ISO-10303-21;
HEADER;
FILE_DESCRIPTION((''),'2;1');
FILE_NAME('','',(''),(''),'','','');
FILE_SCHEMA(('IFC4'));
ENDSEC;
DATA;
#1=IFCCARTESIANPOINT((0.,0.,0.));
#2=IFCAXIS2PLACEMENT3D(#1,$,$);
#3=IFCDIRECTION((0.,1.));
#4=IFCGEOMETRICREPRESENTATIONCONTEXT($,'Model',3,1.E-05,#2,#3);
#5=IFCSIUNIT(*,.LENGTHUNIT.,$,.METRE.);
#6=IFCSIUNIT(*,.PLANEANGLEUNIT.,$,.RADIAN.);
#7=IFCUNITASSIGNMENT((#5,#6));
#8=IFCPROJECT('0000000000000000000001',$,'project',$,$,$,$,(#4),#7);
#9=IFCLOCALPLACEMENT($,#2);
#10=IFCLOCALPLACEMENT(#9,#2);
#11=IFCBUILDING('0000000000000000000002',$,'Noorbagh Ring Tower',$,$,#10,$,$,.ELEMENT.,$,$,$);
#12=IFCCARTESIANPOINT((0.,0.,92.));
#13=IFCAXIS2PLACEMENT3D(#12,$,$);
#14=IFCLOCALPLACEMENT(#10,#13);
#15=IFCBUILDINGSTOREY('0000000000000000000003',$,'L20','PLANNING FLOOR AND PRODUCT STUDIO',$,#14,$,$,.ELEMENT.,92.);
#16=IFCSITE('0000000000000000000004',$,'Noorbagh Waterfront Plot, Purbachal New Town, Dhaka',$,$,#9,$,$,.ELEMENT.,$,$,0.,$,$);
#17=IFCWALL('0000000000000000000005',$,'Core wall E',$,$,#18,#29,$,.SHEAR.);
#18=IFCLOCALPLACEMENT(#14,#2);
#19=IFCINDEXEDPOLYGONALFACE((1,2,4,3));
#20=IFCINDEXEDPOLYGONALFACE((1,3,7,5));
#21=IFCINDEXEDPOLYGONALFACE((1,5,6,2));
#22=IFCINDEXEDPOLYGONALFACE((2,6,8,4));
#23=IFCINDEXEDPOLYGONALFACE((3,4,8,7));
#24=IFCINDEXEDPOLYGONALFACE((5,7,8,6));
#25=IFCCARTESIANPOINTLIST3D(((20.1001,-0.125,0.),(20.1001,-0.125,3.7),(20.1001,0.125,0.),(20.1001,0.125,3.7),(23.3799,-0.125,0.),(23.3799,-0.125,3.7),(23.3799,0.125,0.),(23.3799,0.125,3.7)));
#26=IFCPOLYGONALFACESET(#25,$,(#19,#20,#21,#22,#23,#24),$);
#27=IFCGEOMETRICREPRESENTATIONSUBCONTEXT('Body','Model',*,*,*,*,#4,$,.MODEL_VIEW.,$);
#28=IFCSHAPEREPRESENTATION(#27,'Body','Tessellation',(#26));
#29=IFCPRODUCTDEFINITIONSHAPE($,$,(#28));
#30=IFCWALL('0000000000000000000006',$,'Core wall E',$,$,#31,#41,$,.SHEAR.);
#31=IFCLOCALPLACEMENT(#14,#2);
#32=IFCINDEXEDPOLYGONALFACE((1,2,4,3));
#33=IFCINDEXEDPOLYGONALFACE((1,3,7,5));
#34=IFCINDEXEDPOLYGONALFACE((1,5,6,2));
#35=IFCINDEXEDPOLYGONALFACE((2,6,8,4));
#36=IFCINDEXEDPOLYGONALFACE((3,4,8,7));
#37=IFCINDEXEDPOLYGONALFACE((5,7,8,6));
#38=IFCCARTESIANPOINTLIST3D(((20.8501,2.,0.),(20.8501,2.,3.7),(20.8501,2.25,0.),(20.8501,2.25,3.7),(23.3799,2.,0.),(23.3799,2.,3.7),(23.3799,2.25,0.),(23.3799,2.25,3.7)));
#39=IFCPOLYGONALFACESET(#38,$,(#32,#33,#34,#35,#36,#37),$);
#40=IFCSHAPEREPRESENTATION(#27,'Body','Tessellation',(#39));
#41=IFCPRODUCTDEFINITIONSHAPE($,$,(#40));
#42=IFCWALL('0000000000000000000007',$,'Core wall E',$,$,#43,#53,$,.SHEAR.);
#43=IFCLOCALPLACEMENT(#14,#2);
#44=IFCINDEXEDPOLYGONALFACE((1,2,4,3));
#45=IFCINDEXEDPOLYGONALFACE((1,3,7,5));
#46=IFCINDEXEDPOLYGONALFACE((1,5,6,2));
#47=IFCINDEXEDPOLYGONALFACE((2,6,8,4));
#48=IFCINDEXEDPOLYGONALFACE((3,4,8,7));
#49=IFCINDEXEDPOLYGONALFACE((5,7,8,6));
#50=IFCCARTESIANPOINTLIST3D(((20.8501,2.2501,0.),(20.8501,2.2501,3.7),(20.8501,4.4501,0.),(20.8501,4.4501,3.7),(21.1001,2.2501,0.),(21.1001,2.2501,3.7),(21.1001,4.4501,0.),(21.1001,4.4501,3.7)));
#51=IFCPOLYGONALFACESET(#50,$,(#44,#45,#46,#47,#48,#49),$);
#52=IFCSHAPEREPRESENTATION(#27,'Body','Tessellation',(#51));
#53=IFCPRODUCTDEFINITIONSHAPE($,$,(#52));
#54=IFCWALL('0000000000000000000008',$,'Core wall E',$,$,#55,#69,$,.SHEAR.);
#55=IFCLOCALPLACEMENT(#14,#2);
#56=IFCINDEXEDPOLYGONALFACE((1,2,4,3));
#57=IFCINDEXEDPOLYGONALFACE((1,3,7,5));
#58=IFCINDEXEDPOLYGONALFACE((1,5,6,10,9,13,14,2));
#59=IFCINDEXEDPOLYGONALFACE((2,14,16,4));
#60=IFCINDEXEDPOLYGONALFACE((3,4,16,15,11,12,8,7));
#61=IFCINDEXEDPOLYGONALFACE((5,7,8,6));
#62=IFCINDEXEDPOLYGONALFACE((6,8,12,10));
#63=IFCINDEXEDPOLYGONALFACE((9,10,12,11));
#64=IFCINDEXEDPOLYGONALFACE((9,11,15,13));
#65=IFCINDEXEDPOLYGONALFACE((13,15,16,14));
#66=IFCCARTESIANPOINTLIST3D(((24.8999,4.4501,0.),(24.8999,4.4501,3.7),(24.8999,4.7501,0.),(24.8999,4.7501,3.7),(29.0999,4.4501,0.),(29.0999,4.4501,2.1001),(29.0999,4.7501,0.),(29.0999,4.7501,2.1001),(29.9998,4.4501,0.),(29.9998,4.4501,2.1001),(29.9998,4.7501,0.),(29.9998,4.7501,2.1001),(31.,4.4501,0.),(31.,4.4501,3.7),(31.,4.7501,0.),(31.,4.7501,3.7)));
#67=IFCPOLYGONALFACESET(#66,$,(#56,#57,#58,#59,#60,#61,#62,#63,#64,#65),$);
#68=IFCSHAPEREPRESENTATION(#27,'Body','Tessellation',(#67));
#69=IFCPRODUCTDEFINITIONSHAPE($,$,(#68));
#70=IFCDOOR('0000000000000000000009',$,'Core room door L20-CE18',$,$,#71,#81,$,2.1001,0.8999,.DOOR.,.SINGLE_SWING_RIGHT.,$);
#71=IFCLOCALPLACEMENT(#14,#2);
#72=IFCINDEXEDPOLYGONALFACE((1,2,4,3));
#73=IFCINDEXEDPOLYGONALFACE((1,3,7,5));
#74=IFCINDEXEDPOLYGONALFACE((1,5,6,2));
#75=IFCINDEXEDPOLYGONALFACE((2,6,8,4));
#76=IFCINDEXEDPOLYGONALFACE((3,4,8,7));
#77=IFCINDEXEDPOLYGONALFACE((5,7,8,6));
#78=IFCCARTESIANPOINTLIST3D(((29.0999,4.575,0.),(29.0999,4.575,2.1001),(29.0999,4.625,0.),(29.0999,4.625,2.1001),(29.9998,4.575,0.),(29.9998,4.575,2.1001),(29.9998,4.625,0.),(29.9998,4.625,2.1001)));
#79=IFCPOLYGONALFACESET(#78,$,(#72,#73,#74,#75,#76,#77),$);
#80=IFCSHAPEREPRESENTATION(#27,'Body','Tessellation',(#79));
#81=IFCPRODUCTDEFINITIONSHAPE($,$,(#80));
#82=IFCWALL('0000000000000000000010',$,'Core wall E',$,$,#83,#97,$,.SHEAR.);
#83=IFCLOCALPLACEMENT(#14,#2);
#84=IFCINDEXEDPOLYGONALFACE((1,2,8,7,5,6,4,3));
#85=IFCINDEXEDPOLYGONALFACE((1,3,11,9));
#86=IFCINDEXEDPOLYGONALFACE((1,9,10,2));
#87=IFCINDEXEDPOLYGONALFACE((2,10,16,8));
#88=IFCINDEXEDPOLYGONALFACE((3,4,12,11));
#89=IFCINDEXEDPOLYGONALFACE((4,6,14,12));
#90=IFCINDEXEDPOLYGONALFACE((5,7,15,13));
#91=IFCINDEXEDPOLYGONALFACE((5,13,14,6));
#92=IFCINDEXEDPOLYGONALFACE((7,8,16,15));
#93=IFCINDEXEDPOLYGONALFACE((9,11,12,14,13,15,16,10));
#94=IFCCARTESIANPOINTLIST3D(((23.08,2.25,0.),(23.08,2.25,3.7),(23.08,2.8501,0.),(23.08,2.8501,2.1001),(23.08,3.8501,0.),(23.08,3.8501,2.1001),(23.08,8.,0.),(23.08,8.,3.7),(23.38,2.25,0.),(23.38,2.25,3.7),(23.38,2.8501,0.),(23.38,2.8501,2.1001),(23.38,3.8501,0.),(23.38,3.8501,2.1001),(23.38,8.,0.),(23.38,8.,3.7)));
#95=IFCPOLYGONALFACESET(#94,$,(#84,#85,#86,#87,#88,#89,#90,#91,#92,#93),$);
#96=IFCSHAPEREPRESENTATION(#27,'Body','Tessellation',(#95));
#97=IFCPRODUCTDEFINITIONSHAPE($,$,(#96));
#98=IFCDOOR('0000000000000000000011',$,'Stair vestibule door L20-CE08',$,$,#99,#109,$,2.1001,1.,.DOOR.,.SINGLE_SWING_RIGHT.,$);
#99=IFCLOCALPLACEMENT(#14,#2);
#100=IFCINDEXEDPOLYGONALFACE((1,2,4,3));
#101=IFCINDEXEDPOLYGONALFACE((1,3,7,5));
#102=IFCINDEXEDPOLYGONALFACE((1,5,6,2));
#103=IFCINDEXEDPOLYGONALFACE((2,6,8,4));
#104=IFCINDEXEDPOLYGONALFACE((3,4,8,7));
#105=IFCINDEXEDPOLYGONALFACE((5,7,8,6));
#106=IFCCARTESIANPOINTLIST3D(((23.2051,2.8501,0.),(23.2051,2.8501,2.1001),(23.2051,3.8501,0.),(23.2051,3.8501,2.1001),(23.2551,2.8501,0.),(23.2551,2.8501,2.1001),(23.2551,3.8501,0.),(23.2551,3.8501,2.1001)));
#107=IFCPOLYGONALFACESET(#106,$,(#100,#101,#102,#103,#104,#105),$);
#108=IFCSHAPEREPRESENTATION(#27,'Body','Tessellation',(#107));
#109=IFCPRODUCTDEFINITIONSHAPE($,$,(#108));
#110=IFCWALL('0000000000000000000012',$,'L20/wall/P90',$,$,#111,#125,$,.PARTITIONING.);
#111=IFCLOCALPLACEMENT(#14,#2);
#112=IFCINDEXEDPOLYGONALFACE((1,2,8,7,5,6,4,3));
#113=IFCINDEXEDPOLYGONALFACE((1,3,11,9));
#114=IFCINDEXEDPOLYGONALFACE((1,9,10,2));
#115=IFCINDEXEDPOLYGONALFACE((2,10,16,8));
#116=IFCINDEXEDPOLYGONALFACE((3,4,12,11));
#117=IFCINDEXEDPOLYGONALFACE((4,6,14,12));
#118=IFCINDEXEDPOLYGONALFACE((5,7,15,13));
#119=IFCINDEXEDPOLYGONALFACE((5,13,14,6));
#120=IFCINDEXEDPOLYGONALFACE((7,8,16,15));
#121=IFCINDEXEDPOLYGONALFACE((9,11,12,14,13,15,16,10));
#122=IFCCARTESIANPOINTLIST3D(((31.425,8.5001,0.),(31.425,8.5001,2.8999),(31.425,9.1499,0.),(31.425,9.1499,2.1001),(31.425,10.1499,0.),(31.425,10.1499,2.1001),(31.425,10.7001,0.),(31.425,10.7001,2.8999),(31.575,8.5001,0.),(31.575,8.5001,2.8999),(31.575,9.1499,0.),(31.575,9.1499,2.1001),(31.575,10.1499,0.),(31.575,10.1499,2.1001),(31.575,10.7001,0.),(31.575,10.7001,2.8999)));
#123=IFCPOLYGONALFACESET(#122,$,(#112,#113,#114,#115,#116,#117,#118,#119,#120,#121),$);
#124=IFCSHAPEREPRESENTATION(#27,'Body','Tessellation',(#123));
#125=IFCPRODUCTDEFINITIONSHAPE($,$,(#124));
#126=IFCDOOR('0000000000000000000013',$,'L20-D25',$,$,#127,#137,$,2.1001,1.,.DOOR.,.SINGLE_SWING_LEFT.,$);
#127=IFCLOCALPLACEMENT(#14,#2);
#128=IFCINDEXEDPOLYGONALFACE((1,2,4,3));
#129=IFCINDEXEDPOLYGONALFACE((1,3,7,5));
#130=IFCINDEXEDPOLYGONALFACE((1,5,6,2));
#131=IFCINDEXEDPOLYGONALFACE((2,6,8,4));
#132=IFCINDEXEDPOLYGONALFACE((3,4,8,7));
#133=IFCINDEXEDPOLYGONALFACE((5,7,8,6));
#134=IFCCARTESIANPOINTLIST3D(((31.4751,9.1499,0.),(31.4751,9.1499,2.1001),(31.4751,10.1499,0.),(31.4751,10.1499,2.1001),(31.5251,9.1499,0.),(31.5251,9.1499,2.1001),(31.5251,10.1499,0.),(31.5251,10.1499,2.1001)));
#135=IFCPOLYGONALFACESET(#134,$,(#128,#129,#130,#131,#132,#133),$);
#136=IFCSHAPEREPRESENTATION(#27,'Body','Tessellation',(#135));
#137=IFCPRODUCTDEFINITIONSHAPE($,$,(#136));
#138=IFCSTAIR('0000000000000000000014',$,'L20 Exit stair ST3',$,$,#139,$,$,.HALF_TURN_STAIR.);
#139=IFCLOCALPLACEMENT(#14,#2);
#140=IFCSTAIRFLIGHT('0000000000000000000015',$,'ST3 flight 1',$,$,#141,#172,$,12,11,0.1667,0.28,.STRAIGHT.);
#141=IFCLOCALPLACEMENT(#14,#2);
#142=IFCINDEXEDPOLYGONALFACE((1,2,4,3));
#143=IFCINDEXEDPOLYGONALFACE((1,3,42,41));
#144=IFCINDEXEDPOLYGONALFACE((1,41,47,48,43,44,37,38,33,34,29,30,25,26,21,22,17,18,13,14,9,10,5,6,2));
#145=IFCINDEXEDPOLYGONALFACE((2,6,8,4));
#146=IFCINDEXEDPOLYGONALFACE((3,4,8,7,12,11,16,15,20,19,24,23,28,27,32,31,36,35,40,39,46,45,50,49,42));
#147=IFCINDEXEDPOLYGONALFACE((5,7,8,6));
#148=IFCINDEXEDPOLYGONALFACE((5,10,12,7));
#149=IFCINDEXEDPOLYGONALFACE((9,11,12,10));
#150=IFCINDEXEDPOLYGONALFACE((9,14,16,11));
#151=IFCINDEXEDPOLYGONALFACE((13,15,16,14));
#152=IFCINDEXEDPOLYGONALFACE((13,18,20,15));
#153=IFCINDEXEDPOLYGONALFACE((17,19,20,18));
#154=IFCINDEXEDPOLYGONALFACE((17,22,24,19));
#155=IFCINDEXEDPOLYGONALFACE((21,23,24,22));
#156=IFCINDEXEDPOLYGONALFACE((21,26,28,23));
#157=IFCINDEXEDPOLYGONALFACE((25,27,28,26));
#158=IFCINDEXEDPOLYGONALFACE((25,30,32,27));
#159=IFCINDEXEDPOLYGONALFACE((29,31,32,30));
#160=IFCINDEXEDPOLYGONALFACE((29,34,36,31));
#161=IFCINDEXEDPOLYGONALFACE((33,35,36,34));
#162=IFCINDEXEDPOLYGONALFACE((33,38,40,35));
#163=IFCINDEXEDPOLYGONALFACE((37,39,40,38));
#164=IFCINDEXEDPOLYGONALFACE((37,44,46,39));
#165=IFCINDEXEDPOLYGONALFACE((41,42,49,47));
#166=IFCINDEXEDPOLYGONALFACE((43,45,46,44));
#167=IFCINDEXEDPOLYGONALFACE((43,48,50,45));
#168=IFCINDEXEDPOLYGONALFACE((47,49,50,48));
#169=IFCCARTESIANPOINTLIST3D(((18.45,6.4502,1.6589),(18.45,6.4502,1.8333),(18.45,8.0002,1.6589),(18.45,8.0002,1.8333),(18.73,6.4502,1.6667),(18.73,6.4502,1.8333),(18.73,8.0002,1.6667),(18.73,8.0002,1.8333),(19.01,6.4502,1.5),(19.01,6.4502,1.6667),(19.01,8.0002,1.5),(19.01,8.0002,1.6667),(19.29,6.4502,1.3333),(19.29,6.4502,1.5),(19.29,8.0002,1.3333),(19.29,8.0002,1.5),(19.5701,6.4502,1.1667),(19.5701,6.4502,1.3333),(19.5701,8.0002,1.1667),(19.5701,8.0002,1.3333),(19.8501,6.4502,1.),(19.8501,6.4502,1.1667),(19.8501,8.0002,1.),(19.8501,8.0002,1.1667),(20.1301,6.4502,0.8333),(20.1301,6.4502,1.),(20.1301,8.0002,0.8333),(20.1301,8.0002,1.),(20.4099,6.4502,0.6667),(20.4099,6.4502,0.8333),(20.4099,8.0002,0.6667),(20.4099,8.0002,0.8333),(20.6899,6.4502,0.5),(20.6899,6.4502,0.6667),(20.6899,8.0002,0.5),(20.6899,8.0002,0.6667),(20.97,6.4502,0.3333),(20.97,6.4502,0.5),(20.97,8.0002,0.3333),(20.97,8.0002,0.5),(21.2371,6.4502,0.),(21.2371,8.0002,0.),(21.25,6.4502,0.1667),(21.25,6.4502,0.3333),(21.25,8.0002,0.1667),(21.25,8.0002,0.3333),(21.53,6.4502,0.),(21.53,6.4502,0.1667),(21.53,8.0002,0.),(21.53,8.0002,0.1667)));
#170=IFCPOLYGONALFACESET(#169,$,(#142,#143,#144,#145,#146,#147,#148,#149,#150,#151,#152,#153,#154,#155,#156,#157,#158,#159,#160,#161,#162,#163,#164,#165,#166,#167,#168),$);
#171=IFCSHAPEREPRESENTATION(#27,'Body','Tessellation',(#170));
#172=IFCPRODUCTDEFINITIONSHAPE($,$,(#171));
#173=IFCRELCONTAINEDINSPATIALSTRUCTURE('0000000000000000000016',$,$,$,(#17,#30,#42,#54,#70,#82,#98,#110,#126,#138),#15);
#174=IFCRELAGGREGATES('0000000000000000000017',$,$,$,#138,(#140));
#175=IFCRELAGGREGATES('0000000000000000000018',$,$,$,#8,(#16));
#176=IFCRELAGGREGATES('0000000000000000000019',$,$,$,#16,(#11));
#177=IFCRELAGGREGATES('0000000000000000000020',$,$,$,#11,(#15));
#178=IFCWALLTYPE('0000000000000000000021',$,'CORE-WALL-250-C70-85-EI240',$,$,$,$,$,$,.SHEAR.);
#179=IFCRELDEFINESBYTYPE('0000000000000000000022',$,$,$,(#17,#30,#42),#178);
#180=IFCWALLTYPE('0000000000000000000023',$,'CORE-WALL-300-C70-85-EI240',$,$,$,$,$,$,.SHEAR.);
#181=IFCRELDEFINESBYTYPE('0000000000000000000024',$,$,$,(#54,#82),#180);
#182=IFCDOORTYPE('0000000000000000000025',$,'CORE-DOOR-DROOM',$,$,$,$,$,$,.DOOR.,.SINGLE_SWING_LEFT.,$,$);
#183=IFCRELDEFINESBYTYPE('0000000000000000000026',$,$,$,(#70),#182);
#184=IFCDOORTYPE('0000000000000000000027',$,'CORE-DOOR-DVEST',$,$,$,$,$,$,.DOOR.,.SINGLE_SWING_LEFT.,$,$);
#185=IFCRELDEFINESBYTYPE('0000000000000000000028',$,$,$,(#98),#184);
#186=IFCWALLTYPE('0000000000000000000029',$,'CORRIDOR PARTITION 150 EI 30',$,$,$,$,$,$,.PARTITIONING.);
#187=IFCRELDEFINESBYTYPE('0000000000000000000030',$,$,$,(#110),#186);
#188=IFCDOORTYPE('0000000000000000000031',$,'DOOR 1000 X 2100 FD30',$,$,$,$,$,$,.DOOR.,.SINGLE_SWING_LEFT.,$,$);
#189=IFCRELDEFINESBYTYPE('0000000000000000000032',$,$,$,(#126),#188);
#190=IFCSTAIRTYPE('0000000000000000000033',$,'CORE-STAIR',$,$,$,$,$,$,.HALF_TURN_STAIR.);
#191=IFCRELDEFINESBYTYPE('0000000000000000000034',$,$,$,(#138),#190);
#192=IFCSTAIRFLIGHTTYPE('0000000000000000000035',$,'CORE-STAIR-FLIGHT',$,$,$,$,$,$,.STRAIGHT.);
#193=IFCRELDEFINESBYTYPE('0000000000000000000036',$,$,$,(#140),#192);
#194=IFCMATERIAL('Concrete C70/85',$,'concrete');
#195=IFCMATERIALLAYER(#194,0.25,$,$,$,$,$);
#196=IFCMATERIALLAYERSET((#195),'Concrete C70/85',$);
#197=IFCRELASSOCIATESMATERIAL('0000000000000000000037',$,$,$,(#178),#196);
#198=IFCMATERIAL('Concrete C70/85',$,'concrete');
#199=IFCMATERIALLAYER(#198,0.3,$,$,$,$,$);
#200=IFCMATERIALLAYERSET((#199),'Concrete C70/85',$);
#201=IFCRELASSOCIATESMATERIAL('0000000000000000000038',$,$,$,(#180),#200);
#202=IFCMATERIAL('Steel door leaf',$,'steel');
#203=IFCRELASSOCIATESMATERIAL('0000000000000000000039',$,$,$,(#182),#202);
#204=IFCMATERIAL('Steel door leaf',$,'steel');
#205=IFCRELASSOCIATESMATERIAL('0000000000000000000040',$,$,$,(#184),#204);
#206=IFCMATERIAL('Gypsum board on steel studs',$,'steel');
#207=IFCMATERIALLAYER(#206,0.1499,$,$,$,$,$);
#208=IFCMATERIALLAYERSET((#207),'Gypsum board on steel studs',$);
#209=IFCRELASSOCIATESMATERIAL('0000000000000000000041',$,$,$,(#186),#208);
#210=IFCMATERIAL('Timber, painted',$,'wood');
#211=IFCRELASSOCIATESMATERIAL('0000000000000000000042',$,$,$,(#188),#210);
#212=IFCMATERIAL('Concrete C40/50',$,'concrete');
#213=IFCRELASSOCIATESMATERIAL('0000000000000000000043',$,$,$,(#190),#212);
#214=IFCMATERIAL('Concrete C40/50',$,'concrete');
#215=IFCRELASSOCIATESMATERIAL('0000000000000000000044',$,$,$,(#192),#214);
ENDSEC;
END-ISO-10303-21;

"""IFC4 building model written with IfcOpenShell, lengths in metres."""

from ifc_helpers import new_model, si_unit, direction, frame, frame_2d, origin, place, context, subcontext, project, spatial, polyline, rectangle, outline, extrude, material, layer, layer_set, type_object, element, fill, aggregate, save


model = new_model("IFC4")

# Units and contexts
model_context = context("Model", 3, precision=1e-05, world=origin(), true_north=direction((0.0, 1.0)))
body_context = subcontext(model_context, "Body", "Model", "MODEL_VIEW")
ifc_project = project(units=[si_unit("LENGTHUNIT", "METRE"), si_unit("PLANEANGLEUNIT", "RADIAN")], contexts=[model_context])

# Site, building, storey
site_placement = place(None, origin())
site = spatial("IfcSite", under=ifc_project, at=site_placement, Name="Noorbagh Waterfront Plot, Purbachal New Town, Dhaka", CompositionType="ELEMENT", RefElevation=0.0)
building_placement = place(site_placement, origin())
building = spatial("IfcBuilding", under=site, at=building_placement, Name="Noorbagh Ring Tower", CompositionType="ELEMENT")
storey_placement = place(building_placement, frame((0.0, 0.0, 92.0)))
storey = spatial("IfcBuildingStorey", under=building, at=storey_placement, Name="L20", Description="PLANNING FLOOR AND PRODUCT STUDIO", CompositionType="ELEMENT", Elevation=92.0)

# Walls
ifc_material_1 = material(Name="Concrete C70/85", Category="concrete")
ifc_layer_1 = layer(ifc_material_1, 0.25)
ifc_layer_set_1 = layer_set([ifc_layer_1], Name="Concrete C70/85")
wall_type_1 = type_object("IfcWallType", Name="CORE-WALL-250-C70-85-EI240", PredefinedType="SHEAR", material=ifc_layer_set_1)
wall_1_placement = place(storey_placement, frame((20.1001, 0.0, 0.0), z_axis=(0.0, 0.0, 1.0), x_axis=(1.0, 0.0, 0.0)))
element("IfcWall", 1, at=wall_1_placement, inside=storey, type_object=wall_type_1, Name="Core wall E", PredefinedType="SHEAR", context=body_context, shape_type="SweptSolid", body=[
    extrude(rectangle(XDim=3.2798, YDim=0.25, at=frame_2d((1.6399, 0.0))), origin(), (0.0, 0.0, 1.0), 3.7),
])
wall_2_placement = place(storey_placement, frame((20.8501, 2.125, 0.0), z_axis=(0.0, 0.0, 1.0), x_axis=(1.0, 0.0, 0.0)))
element("IfcWall", 2, at=wall_2_placement, inside=storey, type_object=wall_type_1, Name="Core wall E", PredefinedType="SHEAR", context=body_context, shape_type="SweptSolid", body=[
    extrude(rectangle(XDim=2.5298, YDim=0.25, at=frame_2d((1.2649, 0.0))), origin(), (0.0, 0.0, 1.0), 3.7),
])
wall_3_placement = place(storey_placement, frame((20.9751, 2.25, 0.0), z_axis=(0.0, 0.0, 1.0), x_axis=(0.0, 1.0, 0.0)))
element("IfcWall", 3, at=wall_3_placement, inside=storey, type_object=wall_type_1, Name="Core wall E", PredefinedType="SHEAR", context=body_context, shape_type="SweptSolid", body=[
    extrude(rectangle(XDim=2.2, YDim=0.25, at=frame_2d((1.1001, 0.0))), origin(), (0.0, 0.0, 1.0), 3.7),
])

# Walls, openings, doors
ifc_material_2 = material(Name="Concrete C70/85", Category="concrete")
ifc_layer_2 = layer(ifc_material_2, 0.3)
ifc_layer_set_2 = layer_set([ifc_layer_2], Name="Concrete C70/85")
wall_type_2 = type_object("IfcWallType", Name="CORE-WALL-300-C70-85-EI240", PredefinedType="SHEAR", material=ifc_layer_set_2)
wall_4_placement = place(storey_placement, frame((24.8999, 4.6001, 0.0), z_axis=(0.0, 0.0, 1.0), x_axis=(1.0, 0.0, 0.0)))
wall_4 = element("IfcWall", 4, at=wall_4_placement, inside=storey, type_object=wall_type_2, Name="Core wall E", PredefinedType="SHEAR", context=body_context, shape_type="SweptSolid", body=[
    extrude(rectangle(XDim=6.1001, YDim=0.3, at=frame_2d((3.05, 0.0))), origin(), (0.0, 0.0, 1.0), 3.7),
])
opening_1_placement = place(wall_4_placement, frame((4.2, 0.0, 0.0)))
opening_1 = element("IfcOpeningElement", 5, at=opening_1_placement, cuts=wall_4, PredefinedType="OPENING", context=body_context, shape_type="SweptSolid", body=[
    extrude(rectangle(XDim=0.8999, YDim=2.1001, at=frame_2d((0.45, 1.05))), frame((0.0, 0.1602, 0.0), z_axis=(0.0, -1.0, 0.0), x_axis=(1.0, 0.0, 0.0)), (0.0, 0.0, 1.0), 0.3201),
])
ifc_material_3 = material(Name="Steel door leaf", Category="steel")
door_type_1 = type_object("IfcDoorType", Name="CORE-DOOR-DROOM", OperationType="SINGLE_SWING_LEFT", PredefinedType="DOOR", material=ifc_material_3)
door_1_placement = place(opening_1_placement, origin())
door_1 = element("IfcDoor", 6, at=door_1_placement, inside=storey, type_object=door_type_1, Name="Core room door L20-CE18", OperationType="SINGLE_SWING_RIGHT", OverallHeight=2.1001, OverallWidth=0.8999, PredefinedType="DOOR", context=body_context, shape_type="SweptSolid", body=[
    extrude(rectangle(XDim=0.8999, YDim=2.1001, at=frame_2d((0.45, 1.05))), frame((0.0, 0.0249, 0.0), z_axis=(0.0, -1.0, 0.0), x_axis=(1.0, 0.0, 0.0)), (0.0, 0.0, 1.0), 0.05),
])
fill(opening_1, door_1)
wall_5_placement = place(storey_placement, frame((23.23, 2.25, 0.0), z_axis=(0.0, 0.0, 1.0), x_axis=(0.0, 1.0, 0.0)))
wall_5 = element("IfcWall", 7, at=wall_5_placement, inside=storey, type_object=wall_type_2, Name="Core wall E", PredefinedType="SHEAR", context=body_context, shape_type="SweptSolid", body=[
    extrude(rectangle(XDim=5.75, YDim=0.3, at=frame_2d((2.875, 0.0))), origin(), (0.0, 0.0, 1.0), 3.7),
])
opening_2_placement = place(wall_5_placement, frame((0.6001, 0.0, 0.0)))
opening_2 = element("IfcOpeningElement", 8, at=opening_2_placement, cuts=wall_5, PredefinedType="OPENING", context=body_context, shape_type="SweptSolid", body=[
    extrude(rectangle(XDim=1.0, YDim=2.1001, at=frame_2d((0.5, 1.05))), frame((0.0, 0.1602, 0.0), z_axis=(0.0, -1.0, 0.0), x_axis=(1.0, 0.0, 0.0)), (0.0, 0.0, 1.0), 0.3201),
])
ifc_material_4 = material(Name="Steel door leaf", Category="steel")
door_type_2 = type_object("IfcDoorType", Name="CORE-DOOR-DVEST", OperationType="SINGLE_SWING_LEFT", PredefinedType="DOOR", material=ifc_material_4)
door_2_placement = place(opening_2_placement, origin())
door_2 = element("IfcDoor", 9, at=door_2_placement, inside=storey, type_object=door_type_2, Name="Stair vestibule door L20-CE08", OperationType="SINGLE_SWING_RIGHT", OverallHeight=2.1001, OverallWidth=1.0, PredefinedType="DOOR", context=body_context, shape_type="SweptSolid", body=[
    extrude(rectangle(XDim=1.0, YDim=2.1001, at=frame_2d((0.5, 1.05))), frame((0.0, 0.0249, 0.0), z_axis=(0.0, -1.0, 0.0), x_axis=(1.0, 0.0, 0.0)), (0.0, 0.0, 1.0), 0.05),
])
fill(opening_2, door_2)
ifc_material_5 = material(Name="Gypsum board on steel studs", Category="steel")
ifc_layer_3 = layer(ifc_material_5, 0.1499)
ifc_layer_set_3 = layer_set([ifc_layer_3], Name="Gypsum board on steel studs")
wall_type_3 = type_object("IfcWallType", Name="CORRIDOR PARTITION 150 EI 30", PredefinedType="PARTITIONING", material=ifc_layer_set_3)
wall_6_placement = place(storey_placement, frame((31.5, 8.5, 0.0), z_axis=(0.0, 0.0, 1.0), x_axis=(0.0, 1.0, 0.0)))
wall_6 = element("IfcWall", 10, at=wall_6_placement, inside=storey, type_object=wall_type_3, Name="L20/wall/P90", PredefinedType="PARTITIONING", context=body_context, shape_type="SweptSolid", body=[
    extrude(rectangle(XDim=2.2, YDim=0.1499, at=frame_2d((1.1001, 0.0))), origin(), (0.0, 0.0, 1.0), 2.8999),
])
opening_3_placement = place(wall_6_placement, frame((0.6499, 0.0, 0.0)))
opening_3 = element("IfcOpeningElement", 11, at=opening_3_placement, cuts=wall_6, PredefinedType="OPENING", context=body_context, shape_type="SweptSolid", body=[
    extrude(rectangle(XDim=1.0, YDim=2.1001, at=frame_2d((0.5, 1.05))), frame((0.0, 0.085, 0.0), z_axis=(0.0, -1.0, 0.0), x_axis=(1.0, 0.0, 0.0)), (0.0, 0.0, 1.0), 0.1699),
])
ifc_material_6 = material(Name="Timber, painted", Category="wood")
door_type_3 = type_object("IfcDoorType", Name="DOOR 1000 X 2100 FD30", OperationType="SINGLE_SWING_LEFT", PredefinedType="DOOR", material=ifc_material_6)
door_3_placement = place(opening_3_placement, origin())
door_3 = element("IfcDoor", 12, at=door_3_placement, inside=storey, type_object=door_type_3, Name="L20-D25", OperationType="SINGLE_SWING_LEFT", OverallHeight=2.1001, OverallWidth=1.0, PredefinedType="DOOR", context=body_context, shape_type="SweptSolid", body=[
    extrude(rectangle(XDim=1.0, YDim=2.1001, at=frame_2d((0.5, 1.05))), frame((0.0, 0.0249, 0.0), z_axis=(0.0, -1.0, 0.0), x_axis=(1.0, 0.0, 0.0)), (0.0, 0.0, 1.0), 0.05),
])
fill(opening_3, door_3)

# Stair, stair flight
ifc_material_7 = material(Name="Concrete C40/50", Category="concrete")
stair_type = type_object("IfcStairType", Name="CORE-STAIR", PredefinedType="HALF_TURN_STAIR", material=ifc_material_7)
stair_placement = place(storey_placement, origin())
stair = element("IfcStair", 13, at=stair_placement, inside=storey, type_object=stair_type, Name="L20 Exit stair ST3", PredefinedType="HALF_TURN_STAIR")
ifc_material_8 = material(Name="Concrete C40/50", Category="concrete")
stair_flight_type = type_object("IfcStairFlightType", Name="CORE-STAIR-FLIGHT", PredefinedType="STRAIGHT", material=ifc_material_8)
stair_flight_1_placement = place(storey_placement, frame((21.53, 7.2251, 0.0), z_axis=(0.0, 0.0, 1.0), x_axis=(-1.0, 0.0, 0.0)))
stair_flight_1 = element("IfcStairFlight", 14, at=stair_flight_1_placement, type_object=stair_flight_type, Name="ST3 flight 1", NumberOfRisers=12, NumberOfTreads=11, PredefinedType="STRAIGHT", RiserHeight=0.1667, TreadLength=0.28, context=body_context, shape_type="SweptSolid", body=[
    extrude(outline(polyline([(0.0, 0.0), (0.0, 0.1667), (0.28, 0.1667), (0.28, 0.3333), (0.5601, 0.3333), (0.5601, 0.5), (0.8401, 0.5), (0.8401, 0.6667), (1.1201, 0.6667), (1.1201, 0.8333), (1.3999, 0.8333), (1.3999, 1.0), (1.6799, 1.0), (1.6799, 1.1667), (1.96, 1.1667), (1.96, 1.3333), (2.24, 1.3333), (2.24, 1.5), (2.52, 1.5), (2.52, 1.6667), (2.8, 1.6667), (2.8, 1.8333), (3.0801, 1.8333), (3.0801, 2.0), (3.0801, 1.6589), (0.293, 0.0), (0.0, 0.0)])), frame((0.0, 0.7749, 0.0), z_axis=(0.0, -1.0, 0.0), x_axis=(1.0, 0.0, 0.0)), (0.0, 0.0, 1.0), 1.55),
])
aggregate(stair, [stair_flight_1])

save(model, "model.ifc")
